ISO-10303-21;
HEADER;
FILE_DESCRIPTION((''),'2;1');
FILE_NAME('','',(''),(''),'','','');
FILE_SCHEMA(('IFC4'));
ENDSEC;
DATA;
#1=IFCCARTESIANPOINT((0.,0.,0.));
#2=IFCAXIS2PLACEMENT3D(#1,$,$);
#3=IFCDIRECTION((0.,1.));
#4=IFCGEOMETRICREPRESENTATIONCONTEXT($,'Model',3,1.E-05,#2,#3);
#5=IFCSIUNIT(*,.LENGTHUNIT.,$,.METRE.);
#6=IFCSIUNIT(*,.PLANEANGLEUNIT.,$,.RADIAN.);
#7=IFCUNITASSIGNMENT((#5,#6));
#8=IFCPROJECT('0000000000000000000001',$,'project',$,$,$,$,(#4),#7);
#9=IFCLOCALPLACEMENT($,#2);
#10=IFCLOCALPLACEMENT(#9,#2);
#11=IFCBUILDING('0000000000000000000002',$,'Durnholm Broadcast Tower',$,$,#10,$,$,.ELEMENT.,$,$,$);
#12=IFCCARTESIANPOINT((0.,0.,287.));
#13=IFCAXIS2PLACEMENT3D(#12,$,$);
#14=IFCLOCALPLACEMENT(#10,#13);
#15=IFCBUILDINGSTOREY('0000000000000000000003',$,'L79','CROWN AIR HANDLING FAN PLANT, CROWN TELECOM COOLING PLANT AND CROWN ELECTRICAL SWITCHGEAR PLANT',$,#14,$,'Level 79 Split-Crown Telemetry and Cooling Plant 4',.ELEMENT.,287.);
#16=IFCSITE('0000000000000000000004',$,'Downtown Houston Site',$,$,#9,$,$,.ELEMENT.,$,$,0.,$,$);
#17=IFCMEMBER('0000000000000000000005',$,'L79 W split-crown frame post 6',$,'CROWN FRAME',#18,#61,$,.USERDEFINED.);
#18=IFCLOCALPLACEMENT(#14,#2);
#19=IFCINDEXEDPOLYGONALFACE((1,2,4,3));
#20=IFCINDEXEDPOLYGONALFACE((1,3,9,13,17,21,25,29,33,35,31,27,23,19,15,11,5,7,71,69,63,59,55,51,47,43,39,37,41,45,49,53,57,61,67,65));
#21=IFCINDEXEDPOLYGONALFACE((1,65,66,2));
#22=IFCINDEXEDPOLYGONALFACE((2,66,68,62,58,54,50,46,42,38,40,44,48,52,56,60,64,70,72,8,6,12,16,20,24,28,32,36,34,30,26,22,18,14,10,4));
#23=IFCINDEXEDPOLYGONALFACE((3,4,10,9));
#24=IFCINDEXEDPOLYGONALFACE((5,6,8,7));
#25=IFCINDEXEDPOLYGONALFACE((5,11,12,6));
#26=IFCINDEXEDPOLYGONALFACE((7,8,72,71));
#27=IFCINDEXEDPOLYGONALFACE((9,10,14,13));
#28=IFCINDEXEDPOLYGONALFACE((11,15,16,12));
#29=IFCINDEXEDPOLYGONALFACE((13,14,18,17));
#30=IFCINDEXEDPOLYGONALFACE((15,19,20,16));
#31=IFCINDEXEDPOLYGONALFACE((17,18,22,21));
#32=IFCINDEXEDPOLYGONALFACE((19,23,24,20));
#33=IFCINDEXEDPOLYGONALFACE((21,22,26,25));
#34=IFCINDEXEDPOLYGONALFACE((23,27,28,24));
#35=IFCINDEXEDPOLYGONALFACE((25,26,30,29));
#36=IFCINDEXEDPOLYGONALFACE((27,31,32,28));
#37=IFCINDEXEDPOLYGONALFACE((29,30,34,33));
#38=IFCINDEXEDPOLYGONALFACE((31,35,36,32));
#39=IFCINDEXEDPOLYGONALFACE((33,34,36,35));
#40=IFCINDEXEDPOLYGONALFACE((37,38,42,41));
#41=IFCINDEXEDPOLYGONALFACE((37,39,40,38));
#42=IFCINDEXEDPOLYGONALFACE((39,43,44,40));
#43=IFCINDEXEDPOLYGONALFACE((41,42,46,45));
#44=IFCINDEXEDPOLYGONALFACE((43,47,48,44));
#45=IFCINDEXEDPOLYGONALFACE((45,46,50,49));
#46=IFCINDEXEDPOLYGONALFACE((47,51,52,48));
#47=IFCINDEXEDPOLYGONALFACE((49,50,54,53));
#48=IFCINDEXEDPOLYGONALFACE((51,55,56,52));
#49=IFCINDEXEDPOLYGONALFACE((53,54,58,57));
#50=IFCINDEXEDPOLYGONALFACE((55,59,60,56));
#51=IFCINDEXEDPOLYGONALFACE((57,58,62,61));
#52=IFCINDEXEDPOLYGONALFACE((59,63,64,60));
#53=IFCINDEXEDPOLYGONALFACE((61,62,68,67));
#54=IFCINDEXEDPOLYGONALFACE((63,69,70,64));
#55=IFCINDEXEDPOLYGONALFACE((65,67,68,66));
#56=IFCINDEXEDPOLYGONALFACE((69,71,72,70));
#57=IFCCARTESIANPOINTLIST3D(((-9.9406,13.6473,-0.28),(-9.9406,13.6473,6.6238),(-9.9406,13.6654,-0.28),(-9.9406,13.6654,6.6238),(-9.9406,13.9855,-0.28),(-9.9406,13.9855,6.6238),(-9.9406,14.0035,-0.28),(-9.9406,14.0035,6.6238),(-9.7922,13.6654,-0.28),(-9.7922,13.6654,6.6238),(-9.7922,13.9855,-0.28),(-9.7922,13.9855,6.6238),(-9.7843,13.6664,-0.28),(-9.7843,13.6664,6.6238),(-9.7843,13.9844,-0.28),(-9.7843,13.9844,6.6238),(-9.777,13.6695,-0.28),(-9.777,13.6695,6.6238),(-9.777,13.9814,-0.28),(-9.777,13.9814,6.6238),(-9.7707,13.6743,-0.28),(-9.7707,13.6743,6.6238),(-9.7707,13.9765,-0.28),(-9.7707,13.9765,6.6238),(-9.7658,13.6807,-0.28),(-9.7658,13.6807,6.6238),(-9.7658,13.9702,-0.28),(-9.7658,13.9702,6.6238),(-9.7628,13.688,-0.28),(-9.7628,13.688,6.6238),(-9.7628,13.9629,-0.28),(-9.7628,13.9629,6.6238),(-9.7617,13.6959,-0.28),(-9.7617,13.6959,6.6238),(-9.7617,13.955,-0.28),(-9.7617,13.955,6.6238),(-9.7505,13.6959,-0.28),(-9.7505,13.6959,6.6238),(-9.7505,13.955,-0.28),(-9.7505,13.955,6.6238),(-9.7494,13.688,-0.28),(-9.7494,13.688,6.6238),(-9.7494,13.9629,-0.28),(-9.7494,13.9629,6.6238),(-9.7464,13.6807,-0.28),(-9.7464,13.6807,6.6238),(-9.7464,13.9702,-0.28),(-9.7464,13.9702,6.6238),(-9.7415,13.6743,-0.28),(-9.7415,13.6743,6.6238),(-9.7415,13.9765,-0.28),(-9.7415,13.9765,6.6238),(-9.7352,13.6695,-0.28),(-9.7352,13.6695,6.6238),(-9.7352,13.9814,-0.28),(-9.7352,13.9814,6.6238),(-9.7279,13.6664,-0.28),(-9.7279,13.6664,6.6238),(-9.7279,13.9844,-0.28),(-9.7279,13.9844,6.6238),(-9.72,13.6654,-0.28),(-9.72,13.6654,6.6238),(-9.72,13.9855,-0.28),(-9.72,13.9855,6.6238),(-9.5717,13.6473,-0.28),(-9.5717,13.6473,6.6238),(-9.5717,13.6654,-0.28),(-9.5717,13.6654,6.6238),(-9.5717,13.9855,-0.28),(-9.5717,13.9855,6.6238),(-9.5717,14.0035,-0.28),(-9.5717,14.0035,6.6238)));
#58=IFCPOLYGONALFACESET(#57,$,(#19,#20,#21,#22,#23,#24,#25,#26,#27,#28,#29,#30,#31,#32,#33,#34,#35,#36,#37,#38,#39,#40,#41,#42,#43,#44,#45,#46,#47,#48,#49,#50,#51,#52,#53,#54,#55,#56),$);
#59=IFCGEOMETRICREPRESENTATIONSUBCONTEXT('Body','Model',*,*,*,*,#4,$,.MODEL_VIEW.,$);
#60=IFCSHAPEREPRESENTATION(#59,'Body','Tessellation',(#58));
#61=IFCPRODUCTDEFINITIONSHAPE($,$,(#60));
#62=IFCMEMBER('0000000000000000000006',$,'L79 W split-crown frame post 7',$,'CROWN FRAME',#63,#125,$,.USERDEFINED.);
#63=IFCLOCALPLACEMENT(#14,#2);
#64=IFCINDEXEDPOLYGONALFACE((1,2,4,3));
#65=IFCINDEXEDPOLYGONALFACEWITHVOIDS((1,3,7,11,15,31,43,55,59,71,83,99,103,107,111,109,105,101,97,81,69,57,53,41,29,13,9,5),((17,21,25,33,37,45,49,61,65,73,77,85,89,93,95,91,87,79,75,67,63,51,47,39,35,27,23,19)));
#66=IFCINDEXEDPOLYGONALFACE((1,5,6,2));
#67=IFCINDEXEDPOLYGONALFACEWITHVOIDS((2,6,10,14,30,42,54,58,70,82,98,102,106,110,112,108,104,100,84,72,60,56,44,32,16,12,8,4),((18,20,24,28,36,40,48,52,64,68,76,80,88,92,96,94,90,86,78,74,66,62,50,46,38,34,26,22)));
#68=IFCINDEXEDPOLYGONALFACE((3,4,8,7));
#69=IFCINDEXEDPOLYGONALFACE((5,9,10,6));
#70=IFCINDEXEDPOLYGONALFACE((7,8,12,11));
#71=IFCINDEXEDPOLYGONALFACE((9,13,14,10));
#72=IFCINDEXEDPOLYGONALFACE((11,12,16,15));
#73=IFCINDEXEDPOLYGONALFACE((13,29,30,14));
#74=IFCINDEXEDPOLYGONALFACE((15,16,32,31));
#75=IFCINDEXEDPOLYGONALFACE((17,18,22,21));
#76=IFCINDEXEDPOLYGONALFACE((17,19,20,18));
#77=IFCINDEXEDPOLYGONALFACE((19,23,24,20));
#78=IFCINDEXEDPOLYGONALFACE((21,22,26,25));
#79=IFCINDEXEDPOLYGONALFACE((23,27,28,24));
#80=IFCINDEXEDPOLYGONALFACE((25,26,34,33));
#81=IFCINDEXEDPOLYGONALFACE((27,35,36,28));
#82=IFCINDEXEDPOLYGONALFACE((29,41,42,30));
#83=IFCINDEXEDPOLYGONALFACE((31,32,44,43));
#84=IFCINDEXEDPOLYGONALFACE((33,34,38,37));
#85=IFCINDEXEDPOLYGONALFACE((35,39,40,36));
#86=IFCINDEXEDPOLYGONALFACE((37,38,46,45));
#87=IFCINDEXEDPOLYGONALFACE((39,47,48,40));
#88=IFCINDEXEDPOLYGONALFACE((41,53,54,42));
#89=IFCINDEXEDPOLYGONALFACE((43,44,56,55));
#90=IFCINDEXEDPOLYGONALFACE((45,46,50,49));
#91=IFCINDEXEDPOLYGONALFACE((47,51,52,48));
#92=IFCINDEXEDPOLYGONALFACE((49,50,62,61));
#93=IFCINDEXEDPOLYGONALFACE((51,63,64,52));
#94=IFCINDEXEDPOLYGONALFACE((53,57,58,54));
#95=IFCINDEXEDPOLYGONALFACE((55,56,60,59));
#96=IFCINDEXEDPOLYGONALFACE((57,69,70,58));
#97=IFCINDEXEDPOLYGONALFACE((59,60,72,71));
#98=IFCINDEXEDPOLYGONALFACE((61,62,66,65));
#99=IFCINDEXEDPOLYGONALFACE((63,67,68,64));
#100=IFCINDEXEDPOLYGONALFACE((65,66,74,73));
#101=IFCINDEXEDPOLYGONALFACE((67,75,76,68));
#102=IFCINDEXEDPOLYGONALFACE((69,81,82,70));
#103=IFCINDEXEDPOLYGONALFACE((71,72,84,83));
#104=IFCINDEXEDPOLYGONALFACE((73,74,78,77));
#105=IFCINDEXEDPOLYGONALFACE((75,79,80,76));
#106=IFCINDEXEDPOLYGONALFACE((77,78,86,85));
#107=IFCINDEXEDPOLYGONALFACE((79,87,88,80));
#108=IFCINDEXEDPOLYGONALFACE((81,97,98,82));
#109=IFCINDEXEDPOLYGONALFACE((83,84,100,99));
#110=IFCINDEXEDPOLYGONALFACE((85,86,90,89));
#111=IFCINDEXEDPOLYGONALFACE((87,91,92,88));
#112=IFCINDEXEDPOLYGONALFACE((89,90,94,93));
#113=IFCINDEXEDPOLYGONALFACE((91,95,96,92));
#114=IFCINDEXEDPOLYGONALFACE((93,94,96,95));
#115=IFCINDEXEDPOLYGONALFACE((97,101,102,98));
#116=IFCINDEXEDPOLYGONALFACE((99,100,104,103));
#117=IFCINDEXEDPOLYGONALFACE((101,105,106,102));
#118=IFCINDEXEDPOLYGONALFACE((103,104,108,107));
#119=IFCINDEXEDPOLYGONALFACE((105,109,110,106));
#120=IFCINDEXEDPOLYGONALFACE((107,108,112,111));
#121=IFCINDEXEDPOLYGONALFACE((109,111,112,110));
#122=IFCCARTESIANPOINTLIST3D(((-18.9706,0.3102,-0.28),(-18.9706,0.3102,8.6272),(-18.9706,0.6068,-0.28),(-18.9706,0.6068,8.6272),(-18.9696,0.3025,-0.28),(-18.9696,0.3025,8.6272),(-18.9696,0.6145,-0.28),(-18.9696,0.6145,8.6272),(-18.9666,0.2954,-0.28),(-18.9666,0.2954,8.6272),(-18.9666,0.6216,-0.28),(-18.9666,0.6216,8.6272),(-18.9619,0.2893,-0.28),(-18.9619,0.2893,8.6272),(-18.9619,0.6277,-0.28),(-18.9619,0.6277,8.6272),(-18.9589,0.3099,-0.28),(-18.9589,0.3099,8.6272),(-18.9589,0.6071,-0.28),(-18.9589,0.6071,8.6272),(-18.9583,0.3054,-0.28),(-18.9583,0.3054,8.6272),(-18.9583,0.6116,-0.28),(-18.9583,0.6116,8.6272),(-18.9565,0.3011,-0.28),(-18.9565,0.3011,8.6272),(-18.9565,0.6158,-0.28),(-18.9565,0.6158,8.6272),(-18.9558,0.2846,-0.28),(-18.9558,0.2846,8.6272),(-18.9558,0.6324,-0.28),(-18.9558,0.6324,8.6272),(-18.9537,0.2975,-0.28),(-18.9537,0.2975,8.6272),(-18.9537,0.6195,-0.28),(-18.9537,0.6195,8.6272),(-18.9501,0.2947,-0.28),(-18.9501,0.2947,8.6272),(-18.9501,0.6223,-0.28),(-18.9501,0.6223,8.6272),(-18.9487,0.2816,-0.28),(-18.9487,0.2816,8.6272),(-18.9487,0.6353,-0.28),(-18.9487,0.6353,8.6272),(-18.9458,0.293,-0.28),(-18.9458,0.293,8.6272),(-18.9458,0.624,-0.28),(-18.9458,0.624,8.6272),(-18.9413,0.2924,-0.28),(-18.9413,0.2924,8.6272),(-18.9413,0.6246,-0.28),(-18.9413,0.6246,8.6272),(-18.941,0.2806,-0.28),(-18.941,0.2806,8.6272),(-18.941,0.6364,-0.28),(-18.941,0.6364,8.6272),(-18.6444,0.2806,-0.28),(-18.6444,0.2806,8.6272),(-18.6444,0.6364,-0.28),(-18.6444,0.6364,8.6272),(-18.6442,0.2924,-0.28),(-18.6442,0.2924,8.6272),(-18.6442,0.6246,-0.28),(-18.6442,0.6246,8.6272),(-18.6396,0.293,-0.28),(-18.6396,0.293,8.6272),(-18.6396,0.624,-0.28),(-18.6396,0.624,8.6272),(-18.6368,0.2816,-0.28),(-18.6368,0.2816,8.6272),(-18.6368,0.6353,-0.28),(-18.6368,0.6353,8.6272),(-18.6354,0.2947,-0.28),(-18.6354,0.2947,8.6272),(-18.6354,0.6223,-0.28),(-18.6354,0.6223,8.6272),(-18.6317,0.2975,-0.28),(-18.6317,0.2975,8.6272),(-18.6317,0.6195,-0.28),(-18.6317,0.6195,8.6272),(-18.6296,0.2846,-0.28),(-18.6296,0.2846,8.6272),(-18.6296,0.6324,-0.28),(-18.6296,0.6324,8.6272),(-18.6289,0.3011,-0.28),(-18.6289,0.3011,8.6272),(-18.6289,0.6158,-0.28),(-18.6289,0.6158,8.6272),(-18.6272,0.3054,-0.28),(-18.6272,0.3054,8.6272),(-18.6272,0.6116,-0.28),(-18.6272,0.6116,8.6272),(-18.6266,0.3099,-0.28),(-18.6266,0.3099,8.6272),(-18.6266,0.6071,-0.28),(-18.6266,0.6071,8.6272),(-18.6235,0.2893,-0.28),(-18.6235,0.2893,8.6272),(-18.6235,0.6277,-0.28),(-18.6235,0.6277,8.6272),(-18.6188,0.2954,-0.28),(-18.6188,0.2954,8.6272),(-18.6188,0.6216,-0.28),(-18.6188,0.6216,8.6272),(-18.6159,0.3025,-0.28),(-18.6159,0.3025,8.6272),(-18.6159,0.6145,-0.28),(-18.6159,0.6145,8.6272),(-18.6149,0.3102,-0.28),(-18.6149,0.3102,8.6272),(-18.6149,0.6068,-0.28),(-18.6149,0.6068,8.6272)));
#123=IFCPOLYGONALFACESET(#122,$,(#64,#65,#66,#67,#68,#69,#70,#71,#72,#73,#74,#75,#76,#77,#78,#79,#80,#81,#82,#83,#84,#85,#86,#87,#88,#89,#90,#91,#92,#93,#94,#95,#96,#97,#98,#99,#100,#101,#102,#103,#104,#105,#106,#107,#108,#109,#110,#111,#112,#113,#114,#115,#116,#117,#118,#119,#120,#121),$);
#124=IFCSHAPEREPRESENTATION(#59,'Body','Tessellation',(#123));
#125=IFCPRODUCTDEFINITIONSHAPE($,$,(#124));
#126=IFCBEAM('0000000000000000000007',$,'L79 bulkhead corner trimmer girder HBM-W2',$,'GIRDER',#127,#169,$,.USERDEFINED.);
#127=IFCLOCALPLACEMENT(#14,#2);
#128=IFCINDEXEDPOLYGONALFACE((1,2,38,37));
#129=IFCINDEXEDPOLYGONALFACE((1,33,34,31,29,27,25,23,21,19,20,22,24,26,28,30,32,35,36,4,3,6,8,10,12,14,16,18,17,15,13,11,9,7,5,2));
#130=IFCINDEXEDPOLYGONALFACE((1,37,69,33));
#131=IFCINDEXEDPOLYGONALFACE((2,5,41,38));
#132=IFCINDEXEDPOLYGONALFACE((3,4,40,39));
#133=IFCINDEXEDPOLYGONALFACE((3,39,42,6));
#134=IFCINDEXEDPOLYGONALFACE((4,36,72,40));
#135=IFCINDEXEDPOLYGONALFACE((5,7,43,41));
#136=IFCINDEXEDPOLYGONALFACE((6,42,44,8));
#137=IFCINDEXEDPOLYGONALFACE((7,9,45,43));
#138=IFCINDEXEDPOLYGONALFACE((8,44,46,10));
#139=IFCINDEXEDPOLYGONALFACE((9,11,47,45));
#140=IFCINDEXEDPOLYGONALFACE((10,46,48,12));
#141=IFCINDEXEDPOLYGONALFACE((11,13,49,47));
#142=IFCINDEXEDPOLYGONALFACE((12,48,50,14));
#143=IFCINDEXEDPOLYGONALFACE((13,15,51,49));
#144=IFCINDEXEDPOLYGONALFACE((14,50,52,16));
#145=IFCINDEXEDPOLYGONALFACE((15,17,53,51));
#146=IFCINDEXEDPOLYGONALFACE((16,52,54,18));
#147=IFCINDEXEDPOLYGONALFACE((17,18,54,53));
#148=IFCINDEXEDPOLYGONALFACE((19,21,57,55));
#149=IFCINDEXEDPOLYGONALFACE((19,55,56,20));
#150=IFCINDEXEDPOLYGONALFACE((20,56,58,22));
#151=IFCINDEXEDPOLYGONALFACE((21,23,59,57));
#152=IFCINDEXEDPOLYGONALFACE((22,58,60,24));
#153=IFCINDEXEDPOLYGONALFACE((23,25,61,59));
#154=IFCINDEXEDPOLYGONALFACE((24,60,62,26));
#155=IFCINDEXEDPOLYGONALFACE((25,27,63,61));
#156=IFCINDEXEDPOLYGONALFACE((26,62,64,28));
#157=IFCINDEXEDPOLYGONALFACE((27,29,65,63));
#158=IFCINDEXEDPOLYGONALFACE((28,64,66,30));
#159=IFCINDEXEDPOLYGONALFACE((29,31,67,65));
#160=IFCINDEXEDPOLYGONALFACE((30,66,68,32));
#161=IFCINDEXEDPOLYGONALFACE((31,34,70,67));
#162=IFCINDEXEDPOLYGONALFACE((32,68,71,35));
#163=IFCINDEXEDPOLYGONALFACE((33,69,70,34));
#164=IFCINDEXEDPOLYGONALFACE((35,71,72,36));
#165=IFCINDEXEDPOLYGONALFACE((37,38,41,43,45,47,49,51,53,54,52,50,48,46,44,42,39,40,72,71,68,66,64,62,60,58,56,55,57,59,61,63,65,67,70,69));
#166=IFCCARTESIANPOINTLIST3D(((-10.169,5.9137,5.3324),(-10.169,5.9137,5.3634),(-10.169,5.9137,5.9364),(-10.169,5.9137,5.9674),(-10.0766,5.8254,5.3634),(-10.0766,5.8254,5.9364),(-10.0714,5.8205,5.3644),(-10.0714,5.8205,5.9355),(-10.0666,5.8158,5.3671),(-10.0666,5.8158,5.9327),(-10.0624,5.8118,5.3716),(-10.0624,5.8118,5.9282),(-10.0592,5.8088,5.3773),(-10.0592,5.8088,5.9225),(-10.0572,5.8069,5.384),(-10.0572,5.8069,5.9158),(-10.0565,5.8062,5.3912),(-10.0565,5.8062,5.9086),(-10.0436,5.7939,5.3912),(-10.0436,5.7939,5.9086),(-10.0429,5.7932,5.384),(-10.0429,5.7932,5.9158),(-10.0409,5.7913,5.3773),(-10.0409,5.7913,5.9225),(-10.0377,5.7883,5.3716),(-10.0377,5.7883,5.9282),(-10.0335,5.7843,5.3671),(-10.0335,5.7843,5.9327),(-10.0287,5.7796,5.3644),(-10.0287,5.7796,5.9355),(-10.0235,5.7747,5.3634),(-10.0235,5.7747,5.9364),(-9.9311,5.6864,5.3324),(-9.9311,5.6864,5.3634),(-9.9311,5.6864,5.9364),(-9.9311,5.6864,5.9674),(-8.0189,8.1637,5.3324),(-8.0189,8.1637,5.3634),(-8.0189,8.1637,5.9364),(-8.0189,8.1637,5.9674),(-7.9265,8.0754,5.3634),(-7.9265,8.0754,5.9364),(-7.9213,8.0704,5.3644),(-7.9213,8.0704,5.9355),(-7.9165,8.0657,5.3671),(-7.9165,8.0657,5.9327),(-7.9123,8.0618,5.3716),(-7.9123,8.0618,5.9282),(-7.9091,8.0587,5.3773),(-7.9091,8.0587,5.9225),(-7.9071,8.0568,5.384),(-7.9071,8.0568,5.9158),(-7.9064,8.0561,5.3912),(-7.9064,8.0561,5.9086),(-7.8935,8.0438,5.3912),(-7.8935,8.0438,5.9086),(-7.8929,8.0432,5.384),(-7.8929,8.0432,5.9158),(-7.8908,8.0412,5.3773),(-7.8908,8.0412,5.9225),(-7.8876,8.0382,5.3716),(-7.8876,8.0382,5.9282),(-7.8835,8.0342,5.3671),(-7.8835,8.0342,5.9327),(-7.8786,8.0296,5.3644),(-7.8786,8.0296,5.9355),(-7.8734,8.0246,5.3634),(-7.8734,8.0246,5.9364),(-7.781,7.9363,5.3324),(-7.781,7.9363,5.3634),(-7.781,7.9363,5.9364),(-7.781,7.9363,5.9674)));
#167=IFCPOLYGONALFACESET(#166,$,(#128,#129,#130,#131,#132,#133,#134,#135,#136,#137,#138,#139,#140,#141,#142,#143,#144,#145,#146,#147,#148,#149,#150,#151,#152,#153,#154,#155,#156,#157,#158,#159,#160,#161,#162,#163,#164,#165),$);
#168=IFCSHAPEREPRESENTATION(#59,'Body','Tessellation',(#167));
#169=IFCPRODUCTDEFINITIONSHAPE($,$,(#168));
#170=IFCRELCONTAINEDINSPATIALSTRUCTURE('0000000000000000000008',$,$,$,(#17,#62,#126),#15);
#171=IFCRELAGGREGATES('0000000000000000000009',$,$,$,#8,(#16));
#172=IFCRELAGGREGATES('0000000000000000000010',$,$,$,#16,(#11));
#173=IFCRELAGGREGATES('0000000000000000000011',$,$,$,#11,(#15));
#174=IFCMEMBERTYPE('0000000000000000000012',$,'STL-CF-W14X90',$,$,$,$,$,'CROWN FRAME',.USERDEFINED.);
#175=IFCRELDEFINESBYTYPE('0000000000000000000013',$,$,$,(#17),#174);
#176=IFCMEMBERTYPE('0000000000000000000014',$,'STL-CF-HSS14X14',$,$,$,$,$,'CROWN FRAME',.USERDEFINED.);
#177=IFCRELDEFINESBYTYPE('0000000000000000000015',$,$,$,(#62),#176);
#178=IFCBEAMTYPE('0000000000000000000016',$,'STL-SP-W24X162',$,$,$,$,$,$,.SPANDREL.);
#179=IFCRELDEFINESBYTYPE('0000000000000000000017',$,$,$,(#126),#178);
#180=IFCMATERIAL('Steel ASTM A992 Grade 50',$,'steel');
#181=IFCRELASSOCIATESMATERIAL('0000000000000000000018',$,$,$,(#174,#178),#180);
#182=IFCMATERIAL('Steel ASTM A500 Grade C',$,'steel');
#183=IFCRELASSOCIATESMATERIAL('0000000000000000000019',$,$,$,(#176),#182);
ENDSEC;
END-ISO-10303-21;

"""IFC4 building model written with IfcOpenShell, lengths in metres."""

from ifc_helpers import new_model, si_unit, direction, frame, origin, origin_2d, place, context, subcontext, project, spatial, hollow_rectangle, i_section, extrude, source, transform, mapped, material, material_profile, profile_set, type_object, type_shapes, element, save


model = new_model("IFC4")

# Units and contexts
model_context = context("Model", 3, precision=1e-05, world=origin(), true_north=direction((0.0, 1.0)))
body_context = subcontext(model_context, "Body", "Model", "MODEL_VIEW")
ifc_project = project(units=[si_unit("LENGTHUNIT", "METRE"), si_unit("PLANEANGLEUNIT", "RADIAN")], contexts=[model_context])

# Site, building, storey
site_placement = place(None, origin())
site = spatial("IfcSite", under=ifc_project, at=site_placement, Name="Downtown Houston Site", CompositionType="ELEMENT", RefElevation=0.0)
building_placement = place(site_placement, origin())
building = spatial("IfcBuilding", under=site, at=building_placement, Name="Durnholm Broadcast Tower", CompositionType="ELEMENT")
storey_placement = place(building_placement, frame((0.0, 0.0, 287.0)))
storey = spatial("IfcBuildingStorey", under=building, at=storey_placement, Name="L79", Description="CROWN AIR HANDLING FAN PLANT, CROWN TELECOM COOLING PLANT AND CROWN ELECTRICAL SWITCHGEAR PLANT", LongName="Level 79 Split-Crown Telemetry and Cooling Plant 4", CompositionType="ELEMENT", Elevation=287.0)

# Shared definitions
ifc_material_1 = material(Name="Steel ASTM A500 Grade C", Category="steel")

# Shared definitions
ifc_material_2 = material(Name="Steel ASTM A992 Grade 50", Category="steel")

# Members
ifc_material_profile_1 = material_profile(ifc_material_2, i_section(OverallWidth=0.3689, OverallDepth=0.3562, WebThickness=0.0112, FlangeThickness=0.0181, FilletRadius=0.0305, at=origin_2d()), Name="W14X90")
ifc_profile_set_1 = profile_set([ifc_material_profile_1], Name="Steel ASTM A992 Grade 50")
member_type_1 = type_object("IfcMemberType", Name="STL-CF-W14X90", ElementType="CROWN FRAME", PredefinedType="USERDEFINED", material=ifc_profile_set_1)
shared_shape_1 = source(origin(), body_context, "Body", "SweptSolid", [
    extrude(i_section(OverallWidth=0.3689, OverallDepth=0.3562, WebThickness=0.0112, FlangeThickness=0.0181, FilletRadius=0.0305, at=origin_2d()), origin(), (0.0, 0.0, 1.0), 6.9038),
])
type_shapes(member_type_1, [shared_shape_1])
member_1_placement = place(storey_placement, frame((-9.7561, 13.8254, -0.28), z_axis=(0.0, 0.0, 1.0), x_axis=(1.0, 0.0, 0.0)))
element("IfcMember", 1, at=member_1_placement, inside=storey, type_object=member_type_1, Name="L79 W split-crown frame post 6", ObjectType="CROWN FRAME", PredefinedType="USERDEFINED", context=body_context, shape_type="MappedRepresentation", body=[
    mapped(shared_shape_1, transform((0.0, 0.0, 0.0), x_axis=(1.0, 0.0, 0.0), y_axis=(0.0, 1.0, 0.0), z_axis=(0.0, 0.0, 1.0), scale=1.0)),
])
ifc_material_profile_2 = material_profile(ifc_material_1, hollow_rectangle(XDim=0.3557, YDim=0.3557, WallThickness=0.0117, InnerFilletRadius=0.0176, OuterFilletRadius=0.0295, at=origin_2d()), Name="HSS14X14X1/2")
ifc_profile_set_2 = profile_set([ifc_material_profile_2], Name="Steel ASTM A500 Grade C")
member_type_2 = type_object("IfcMemberType", Name="STL-CF-HSS14X14", ElementType="CROWN FRAME", PredefinedType="USERDEFINED", material=ifc_profile_set_2)
shared_shape_2 = source(origin(), body_context, "Body", "SweptSolid", [
    extrude(hollow_rectangle(XDim=0.3557, YDim=0.3557, WallThickness=0.0117, InnerFilletRadius=0.0176, OuterFilletRadius=0.0295, at=origin_2d()), origin(), (0.0, 0.0, 1.0), 8.9072),
])
type_shapes(member_type_2, [shared_shape_2])
member_2_placement = place(storey_placement, frame((-18.7927, 0.4585, -0.28), z_axis=(0.0, 0.0, 1.0), x_axis=(1.0, 0.0, 0.0)))
element("IfcMember", 2, at=member_2_placement, inside=storey, type_object=member_type_2, Name="L79 W split-crown frame post 7", ObjectType="CROWN FRAME", PredefinedType="USERDEFINED", context=body_context, shape_type="MappedRepresentation", body=[
    mapped(shared_shape_2, transform((0.0, 0.0, 0.0), x_axis=(1.0, 0.0, 0.0), y_axis=(0.0, 1.0, 0.0), z_axis=(0.0, 0.0, 1.0), scale=1.0)),
])

# Beam
ifc_material_profile_3 = material_profile(ifc_material_2, i_section(OverallWidth=0.3291, OverallDepth=0.635, WebThickness=0.0178, FlangeThickness=0.031, FilletRadius=0.0278, at=origin_2d()), Name="W24X162")
ifc_profile_set_3 = profile_set([ifc_material_profile_3], Name="Steel ASTM A992 Grade 50")
beam_type_1 = type_object("IfcBeamType", Name="STL-SP-W24X162", PredefinedType="SPANDREL", material=ifc_profile_set_3)
shared_shape_3 = source(origin(), body_context, "Body", "SweptSolid", [
    extrude(i_section(OverallWidth=0.3291, OverallDepth=0.635, WebThickness=0.0178, FlangeThickness=0.031, FilletRadius=0.0278, at=origin_2d()), origin(), (0.0, 0.0, 1.0), 3.1121),
])
type_shapes(beam_type_1, [shared_shape_3])
beam_1_placement = place(storey_placement, frame((-10.05, 5.8, 5.6499), z_axis=(0.690882, 0.722967, 0.0), x_axis=(-0.722967, 0.690882, 0.0)))
element("IfcBeam", 3, at=beam_1_placement, inside=storey, type_object=beam_type_1, Name="L79 bulkhead corner trimmer girder HBM-W2", ObjectType="GIRDER", PredefinedType="USERDEFINED", context=body_context, shape_type="MappedRepresentation", body=[
    mapped(shared_shape_3, transform((0.0, 0.0, 0.0), x_axis=(1.0, 0.0, 0.0), y_axis=(0.0, 1.0, 0.0), z_axis=(0.0, 0.0, 1.0), scale=1.0)),
])

save(model, "model.ifc")
